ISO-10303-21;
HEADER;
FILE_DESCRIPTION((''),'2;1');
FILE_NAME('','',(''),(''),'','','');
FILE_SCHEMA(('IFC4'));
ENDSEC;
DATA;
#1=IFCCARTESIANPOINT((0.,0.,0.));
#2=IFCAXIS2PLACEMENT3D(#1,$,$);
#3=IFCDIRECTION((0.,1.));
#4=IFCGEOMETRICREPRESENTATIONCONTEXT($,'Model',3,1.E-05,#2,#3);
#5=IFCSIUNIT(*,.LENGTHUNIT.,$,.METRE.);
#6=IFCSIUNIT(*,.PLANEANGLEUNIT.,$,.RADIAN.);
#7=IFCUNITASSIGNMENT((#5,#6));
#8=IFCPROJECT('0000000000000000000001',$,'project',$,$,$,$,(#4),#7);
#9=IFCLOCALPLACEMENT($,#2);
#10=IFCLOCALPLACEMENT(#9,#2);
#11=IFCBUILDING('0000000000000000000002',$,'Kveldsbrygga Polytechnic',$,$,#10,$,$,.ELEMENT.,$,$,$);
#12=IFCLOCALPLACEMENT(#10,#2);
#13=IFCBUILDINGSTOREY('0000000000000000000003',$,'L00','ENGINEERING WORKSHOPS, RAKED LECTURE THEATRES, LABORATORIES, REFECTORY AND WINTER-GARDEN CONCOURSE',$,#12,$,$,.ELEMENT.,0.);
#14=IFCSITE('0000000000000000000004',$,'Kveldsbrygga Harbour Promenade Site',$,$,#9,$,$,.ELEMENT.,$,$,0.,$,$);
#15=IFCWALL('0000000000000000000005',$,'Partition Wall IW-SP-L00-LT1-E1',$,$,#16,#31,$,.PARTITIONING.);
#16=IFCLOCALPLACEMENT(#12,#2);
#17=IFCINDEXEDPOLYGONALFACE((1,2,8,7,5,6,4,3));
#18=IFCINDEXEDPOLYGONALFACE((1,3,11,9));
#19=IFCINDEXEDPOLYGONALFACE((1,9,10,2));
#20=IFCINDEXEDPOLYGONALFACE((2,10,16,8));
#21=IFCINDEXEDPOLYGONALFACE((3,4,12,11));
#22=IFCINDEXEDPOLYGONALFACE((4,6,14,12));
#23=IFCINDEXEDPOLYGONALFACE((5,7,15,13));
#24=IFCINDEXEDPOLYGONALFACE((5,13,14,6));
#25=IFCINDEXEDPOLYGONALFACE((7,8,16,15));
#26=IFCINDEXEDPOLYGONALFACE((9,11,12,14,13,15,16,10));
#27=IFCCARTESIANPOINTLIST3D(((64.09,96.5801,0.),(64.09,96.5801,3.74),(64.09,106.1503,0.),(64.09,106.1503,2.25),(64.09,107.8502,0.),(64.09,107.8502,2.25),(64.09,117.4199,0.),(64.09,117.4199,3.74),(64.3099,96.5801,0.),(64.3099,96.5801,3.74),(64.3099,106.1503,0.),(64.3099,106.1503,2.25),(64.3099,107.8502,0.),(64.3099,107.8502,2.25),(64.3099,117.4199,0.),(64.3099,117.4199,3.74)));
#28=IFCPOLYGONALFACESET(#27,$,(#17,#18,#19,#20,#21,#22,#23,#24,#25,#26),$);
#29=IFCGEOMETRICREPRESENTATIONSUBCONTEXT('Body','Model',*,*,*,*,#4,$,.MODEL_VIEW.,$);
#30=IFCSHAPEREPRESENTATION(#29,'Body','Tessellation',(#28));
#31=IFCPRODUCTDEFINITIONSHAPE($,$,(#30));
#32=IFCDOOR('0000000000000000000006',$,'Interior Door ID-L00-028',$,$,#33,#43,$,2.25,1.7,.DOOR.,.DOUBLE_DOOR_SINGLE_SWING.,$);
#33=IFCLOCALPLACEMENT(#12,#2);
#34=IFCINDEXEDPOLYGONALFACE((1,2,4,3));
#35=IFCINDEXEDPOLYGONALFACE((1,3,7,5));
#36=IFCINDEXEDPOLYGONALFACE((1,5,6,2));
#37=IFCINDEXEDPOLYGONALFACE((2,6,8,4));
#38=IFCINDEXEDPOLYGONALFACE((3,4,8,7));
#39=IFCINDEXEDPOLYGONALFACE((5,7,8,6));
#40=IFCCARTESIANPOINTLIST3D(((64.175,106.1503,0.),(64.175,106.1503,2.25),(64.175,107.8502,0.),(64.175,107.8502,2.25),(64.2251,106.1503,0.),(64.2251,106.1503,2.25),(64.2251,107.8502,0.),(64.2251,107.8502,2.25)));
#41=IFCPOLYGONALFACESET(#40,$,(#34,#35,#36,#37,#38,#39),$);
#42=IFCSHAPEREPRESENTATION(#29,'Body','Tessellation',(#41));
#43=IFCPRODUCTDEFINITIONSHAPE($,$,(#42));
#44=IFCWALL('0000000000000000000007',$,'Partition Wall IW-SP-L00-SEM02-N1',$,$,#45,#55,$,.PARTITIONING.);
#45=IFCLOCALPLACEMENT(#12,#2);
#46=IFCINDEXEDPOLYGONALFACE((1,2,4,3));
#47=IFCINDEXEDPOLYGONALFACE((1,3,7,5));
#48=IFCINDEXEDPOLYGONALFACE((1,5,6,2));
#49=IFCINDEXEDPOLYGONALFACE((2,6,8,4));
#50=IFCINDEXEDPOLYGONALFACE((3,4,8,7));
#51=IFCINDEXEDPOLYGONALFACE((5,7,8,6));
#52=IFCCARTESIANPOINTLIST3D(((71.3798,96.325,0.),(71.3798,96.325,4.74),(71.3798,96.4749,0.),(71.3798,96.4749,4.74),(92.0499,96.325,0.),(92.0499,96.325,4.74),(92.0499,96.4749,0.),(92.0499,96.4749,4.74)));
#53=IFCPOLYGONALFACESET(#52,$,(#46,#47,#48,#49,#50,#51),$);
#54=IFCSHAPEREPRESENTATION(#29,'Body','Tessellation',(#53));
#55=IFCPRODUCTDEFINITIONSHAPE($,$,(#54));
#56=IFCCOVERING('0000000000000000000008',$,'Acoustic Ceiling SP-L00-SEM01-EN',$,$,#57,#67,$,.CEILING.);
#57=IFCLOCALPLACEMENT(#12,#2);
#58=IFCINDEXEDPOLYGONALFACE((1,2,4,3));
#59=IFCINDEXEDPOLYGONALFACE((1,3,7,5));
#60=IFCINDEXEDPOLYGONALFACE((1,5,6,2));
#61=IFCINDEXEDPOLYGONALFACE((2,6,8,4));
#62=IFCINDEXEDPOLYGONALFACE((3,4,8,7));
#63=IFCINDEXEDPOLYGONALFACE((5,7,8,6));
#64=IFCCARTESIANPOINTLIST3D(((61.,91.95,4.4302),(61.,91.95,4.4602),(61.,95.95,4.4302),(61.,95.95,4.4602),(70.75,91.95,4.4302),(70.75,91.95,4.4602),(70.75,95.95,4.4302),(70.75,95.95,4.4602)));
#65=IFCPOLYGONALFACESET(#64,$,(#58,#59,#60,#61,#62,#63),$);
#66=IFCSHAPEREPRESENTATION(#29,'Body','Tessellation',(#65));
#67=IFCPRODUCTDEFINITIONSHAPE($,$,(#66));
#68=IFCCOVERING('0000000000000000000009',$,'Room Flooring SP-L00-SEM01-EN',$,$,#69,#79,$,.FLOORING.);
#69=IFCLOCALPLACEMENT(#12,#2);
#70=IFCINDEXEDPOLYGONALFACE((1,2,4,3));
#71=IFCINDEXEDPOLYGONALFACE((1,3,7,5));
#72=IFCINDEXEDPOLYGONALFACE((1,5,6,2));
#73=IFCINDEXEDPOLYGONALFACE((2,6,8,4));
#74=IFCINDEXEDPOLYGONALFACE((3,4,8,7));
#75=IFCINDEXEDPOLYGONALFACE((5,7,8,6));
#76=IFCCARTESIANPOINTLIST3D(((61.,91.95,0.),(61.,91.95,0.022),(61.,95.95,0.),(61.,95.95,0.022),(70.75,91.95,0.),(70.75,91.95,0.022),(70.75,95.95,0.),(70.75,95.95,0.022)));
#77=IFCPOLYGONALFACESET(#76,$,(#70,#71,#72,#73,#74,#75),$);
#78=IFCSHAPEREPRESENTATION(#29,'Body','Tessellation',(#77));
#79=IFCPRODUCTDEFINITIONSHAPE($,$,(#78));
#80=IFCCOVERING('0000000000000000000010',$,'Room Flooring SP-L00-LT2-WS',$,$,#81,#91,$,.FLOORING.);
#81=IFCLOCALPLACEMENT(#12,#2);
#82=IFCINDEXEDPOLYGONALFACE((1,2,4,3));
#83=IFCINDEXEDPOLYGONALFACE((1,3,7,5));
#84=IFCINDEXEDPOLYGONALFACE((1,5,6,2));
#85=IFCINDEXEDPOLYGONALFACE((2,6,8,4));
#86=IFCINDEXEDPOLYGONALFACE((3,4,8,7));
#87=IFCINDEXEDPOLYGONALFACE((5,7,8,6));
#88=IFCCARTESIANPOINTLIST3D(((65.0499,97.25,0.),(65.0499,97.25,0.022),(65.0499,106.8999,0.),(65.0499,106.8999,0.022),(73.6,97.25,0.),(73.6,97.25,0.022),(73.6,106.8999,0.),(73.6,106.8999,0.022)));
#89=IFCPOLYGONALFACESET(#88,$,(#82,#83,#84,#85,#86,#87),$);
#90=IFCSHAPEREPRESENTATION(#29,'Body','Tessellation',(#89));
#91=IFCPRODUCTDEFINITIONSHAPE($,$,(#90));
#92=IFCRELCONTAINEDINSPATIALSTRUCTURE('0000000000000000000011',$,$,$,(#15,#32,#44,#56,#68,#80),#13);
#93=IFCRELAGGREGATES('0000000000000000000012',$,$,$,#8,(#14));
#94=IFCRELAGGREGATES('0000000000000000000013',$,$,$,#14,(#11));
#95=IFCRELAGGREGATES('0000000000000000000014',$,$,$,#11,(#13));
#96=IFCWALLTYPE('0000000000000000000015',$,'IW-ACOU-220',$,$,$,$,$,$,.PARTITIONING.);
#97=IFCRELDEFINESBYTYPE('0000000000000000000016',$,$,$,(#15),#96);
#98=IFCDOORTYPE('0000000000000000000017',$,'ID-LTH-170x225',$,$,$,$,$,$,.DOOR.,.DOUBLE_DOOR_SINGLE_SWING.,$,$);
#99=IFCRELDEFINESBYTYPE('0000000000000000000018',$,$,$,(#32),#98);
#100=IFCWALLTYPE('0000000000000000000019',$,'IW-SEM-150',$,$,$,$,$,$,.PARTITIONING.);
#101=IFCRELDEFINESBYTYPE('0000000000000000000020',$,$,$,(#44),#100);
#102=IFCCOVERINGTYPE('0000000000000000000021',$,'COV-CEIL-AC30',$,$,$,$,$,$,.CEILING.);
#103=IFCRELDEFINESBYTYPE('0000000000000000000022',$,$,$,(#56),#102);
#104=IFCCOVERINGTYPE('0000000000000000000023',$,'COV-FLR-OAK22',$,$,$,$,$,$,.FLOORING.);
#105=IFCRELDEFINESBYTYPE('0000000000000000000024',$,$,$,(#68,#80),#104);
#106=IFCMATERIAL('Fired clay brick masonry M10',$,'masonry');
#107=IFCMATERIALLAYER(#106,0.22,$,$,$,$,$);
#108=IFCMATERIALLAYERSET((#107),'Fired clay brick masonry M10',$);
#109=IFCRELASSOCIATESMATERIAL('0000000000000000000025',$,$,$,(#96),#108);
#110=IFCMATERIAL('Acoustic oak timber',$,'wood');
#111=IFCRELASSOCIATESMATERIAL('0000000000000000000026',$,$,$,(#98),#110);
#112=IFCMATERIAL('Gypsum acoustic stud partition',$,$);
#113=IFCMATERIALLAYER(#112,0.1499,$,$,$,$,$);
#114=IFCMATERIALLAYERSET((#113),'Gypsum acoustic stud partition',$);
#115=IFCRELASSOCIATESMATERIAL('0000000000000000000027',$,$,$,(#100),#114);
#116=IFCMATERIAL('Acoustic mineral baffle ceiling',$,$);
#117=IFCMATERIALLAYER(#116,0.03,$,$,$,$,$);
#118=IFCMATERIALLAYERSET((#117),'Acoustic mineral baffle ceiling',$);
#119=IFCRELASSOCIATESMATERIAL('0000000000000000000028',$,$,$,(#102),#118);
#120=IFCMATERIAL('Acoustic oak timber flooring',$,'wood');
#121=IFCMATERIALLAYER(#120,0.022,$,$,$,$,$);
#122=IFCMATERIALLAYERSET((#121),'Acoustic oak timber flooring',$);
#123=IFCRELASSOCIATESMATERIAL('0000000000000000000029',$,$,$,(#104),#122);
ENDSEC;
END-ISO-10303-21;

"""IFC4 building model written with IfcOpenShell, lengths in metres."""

from ifc_helpers import new_model, si_unit, direction, frame, frame_2d, origin, origin_2d, place, context, subcontext, project, spatial, rectangle, extrude, material, layer, layer_set, type_object, element, fill, save


model = new_model("IFC4")

# Units and contexts
model_context = context("Model", 3, precision=1e-05, world=origin(), true_north=direction((0.0, 1.0)))
body_context = subcontext(model_context, "Body", "Model", "MODEL_VIEW")
ifc_project = project(units=[si_unit("LENGTHUNIT", "METRE"), si_unit("PLANEANGLEUNIT", "RADIAN")], contexts=[model_context])

# Site, building, storey
site_placement = place(None, origin())
site = spatial("IfcSite", under=ifc_project, at=site_placement, Name="Kveldsbrygga Harbour Promenade Site", CompositionType="ELEMENT", RefElevation=0.0)
building_placement = place(site_placement, origin())
building = spatial("IfcBuilding", under=site, at=building_placement, Name="Kveldsbrygga Polytechnic", CompositionType="ELEMENT")
storey_placement = place(building_placement, origin())
storey = spatial("IfcBuildingStorey", under=building, at=storey_placement, Name="L00", Description="ENGINEERING WORKSHOPS, RAKED LECTURE THEATRES, LABORATORIES, REFECTORY AND WINTER-GARDEN CONCOURSE", CompositionType="ELEMENT", Elevation=0.0)

# Wall, opening, door
ifc_material_1 = material(Name="Fired clay brick masonry M10", Category="masonry")
ifc_layer_1 = layer(ifc_material_1, 0.22)
ifc_layer_set_1 = layer_set([ifc_layer_1], Name="Fired clay brick masonry M10")
wall_type_1 = type_object("IfcWallType", Name="IW-ACOU-220", PredefinedType="PARTITIONING", material=ifc_layer_set_1)
wall_1_placement = place(storey_placement, frame((64.2, 96.5801, 0.0), z_axis=(0.0, 0.0, 1.0), x_axis=(0.0, 1.0, 0.0)))
wall_1 = element("IfcWall", 1, at=wall_1_placement, inside=storey, type_object=wall_type_1, Name="Partition Wall IW-SP-L00-LT1-E1", PredefinedType="PARTITIONING", context=body_context, shape_type="SweptSolid", body=[
    extrude(rectangle(XDim=20.8398, YDim=0.22, at=frame_2d((10.4199, 0.0))), origin(), (0.0, 0.0, 1.0), 3.74),
])
opening_placement = place(wall_1_placement, frame((9.5701, 0.0, 0.0)))
opening = element("IfcOpeningElement", 2, at=opening_placement, cuts=wall_1, PredefinedType="OPENING", context=body_context, shape_type="SweptSolid", body=[
    extrude(rectangle(XDim=1.7, YDim=2.25, at=frame_2d((0.8501, 1.125))), frame((0.0, 0.1201, 0.0), z_axis=(0.0, -1.0, 0.0), x_axis=(1.0, 0.0, 0.0)), (0.0, 0.0, 1.0), 0.24),
])
ifc_material_2 = material(Name="Acoustic oak timber", Category="wood")
door_type = type_object("IfcDoorType", Name="ID-LTH-170x225", OperationType="DOUBLE_DOOR_SINGLE_SWING", PredefinedType="DOOR", material=ifc_material_2)
door_placement = place(opening_placement, origin())
door = element("IfcDoor", 3, at=door_placement, inside=storey, type_object=door_type, Name="Interior Door ID-L00-028", OperationType="DOUBLE_DOOR_SINGLE_SWING", OverallHeight=2.25, OverallWidth=1.7, PredefinedType="DOOR", context=body_context, shape_type="SweptSolid", body=[
    extrude(rectangle(XDim=1.7, YDim=2.25, at=frame_2d((0.8501, 1.125))), frame((0.0, 0.0249, 0.0), z_axis=(0.0, -1.0, 0.0), x_axis=(1.0, 0.0, 0.0)), (0.0, 0.0, 1.0), 0.05),
])
fill(opening, door)

# Wall
ifc_material_3 = material(Name="Gypsum acoustic stud partition")
ifc_layer_2 = layer(ifc_material_3, 0.1499)
ifc_layer_set_2 = layer_set([ifc_layer_2], Name="Gypsum acoustic stud partition")
wall_type_2 = type_object("IfcWallType", Name="IW-SEM-150", PredefinedType="PARTITIONING", material=ifc_layer_set_2)
wall_2_placement = place(storey_placement, frame((71.3799, 96.3999, 0.0), z_axis=(0.0, 0.0, 1.0), x_axis=(1.0, 0.0, 0.0)))
element("IfcWall", 4, at=wall_2_placement, inside=storey, type_object=wall_type_2, Name="Partition Wall IW-SP-L00-SEM02-N1", PredefinedType="PARTITIONING", context=body_context, shape_type="SweptSolid", body=[
    extrude(rectangle(XDim=20.6702, YDim=0.1499, at=frame_2d((10.335, 0.0))), origin(), (0.0, 0.0, 1.0), 4.74),
])

# Coverings
ifc_material_4 = material(Name="Acoustic mineral baffle ceiling")
ifc_layer_3 = layer(ifc_material_4, 0.03)
ifc_layer_set_3 = layer_set([ifc_layer_3], Name="Acoustic mineral baffle ceiling")
covering_type_1 = type_object("IfcCoveringType", Name="COV-CEIL-AC30", PredefinedType="CEILING", material=ifc_layer_set_3)
covering_1_placement = place(storey_placement, frame((65.875, 93.95, 4.4302), z_axis=(0.0, 0.0, 1.0), x_axis=(1.0, 0.0, 0.0)))
element("IfcCovering", 5, at=covering_1_placement, inside=storey, type_object=covering_type_1, Name="Acoustic Ceiling SP-L00-SEM01-EN", PredefinedType="CEILING", context=body_context, shape_type="SweptSolid", body=[
    extrude(rectangle(XDim=9.75, YDim=4.0, at=origin_2d()), origin(), (0.0, 0.0, 1.0), 0.03),
])
ifc_material_5 = material(Name="Acoustic oak timber flooring", Category="wood")
ifc_layer_4 = layer(ifc_material_5, 0.022)
ifc_layer_set_4 = layer_set([ifc_layer_4], Name="Acoustic oak timber flooring")
covering_type_2 = type_object("IfcCoveringType", Name="COV-FLR-OAK22", PredefinedType="FLOORING", material=ifc_layer_set_4)
covering_2_placement = place(storey_placement, frame((65.875, 93.95, 0.0), z_axis=(0.0, 0.0, 1.0), x_axis=(1.0, 0.0, 0.0)))
element("IfcCovering", 6, at=covering_2_placement, inside=storey, type_object=covering_type_2, Name="Room Flooring SP-L00-SEM01-EN", PredefinedType="FLOORING", context=body_context, shape_type="SweptSolid", body=[
    extrude(rectangle(XDim=9.75, YDim=4.0, at=origin_2d()), origin(), (0.0, 0.0, 1.0), 0.022),
])
covering_3_placement = place(storey_placement, frame((69.325, 102.075, 0.0), z_axis=(0.0, 0.0, 1.0), x_axis=(1.0, 0.0, 0.0)))
element("IfcCovering", 7, at=covering_3_placement, inside=storey, type_object=covering_type_2, Name="Room Flooring SP-L00-LT2-WS", PredefinedType="FLOORING", context=body_context, shape_type="SweptSolid", body=[
    extrude(rectangle(XDim=8.55, YDim=9.6499, at=origin_2d()), origin(), (0.0, 0.0, 1.0), 0.022),
])

save(model, "model.ifc")
